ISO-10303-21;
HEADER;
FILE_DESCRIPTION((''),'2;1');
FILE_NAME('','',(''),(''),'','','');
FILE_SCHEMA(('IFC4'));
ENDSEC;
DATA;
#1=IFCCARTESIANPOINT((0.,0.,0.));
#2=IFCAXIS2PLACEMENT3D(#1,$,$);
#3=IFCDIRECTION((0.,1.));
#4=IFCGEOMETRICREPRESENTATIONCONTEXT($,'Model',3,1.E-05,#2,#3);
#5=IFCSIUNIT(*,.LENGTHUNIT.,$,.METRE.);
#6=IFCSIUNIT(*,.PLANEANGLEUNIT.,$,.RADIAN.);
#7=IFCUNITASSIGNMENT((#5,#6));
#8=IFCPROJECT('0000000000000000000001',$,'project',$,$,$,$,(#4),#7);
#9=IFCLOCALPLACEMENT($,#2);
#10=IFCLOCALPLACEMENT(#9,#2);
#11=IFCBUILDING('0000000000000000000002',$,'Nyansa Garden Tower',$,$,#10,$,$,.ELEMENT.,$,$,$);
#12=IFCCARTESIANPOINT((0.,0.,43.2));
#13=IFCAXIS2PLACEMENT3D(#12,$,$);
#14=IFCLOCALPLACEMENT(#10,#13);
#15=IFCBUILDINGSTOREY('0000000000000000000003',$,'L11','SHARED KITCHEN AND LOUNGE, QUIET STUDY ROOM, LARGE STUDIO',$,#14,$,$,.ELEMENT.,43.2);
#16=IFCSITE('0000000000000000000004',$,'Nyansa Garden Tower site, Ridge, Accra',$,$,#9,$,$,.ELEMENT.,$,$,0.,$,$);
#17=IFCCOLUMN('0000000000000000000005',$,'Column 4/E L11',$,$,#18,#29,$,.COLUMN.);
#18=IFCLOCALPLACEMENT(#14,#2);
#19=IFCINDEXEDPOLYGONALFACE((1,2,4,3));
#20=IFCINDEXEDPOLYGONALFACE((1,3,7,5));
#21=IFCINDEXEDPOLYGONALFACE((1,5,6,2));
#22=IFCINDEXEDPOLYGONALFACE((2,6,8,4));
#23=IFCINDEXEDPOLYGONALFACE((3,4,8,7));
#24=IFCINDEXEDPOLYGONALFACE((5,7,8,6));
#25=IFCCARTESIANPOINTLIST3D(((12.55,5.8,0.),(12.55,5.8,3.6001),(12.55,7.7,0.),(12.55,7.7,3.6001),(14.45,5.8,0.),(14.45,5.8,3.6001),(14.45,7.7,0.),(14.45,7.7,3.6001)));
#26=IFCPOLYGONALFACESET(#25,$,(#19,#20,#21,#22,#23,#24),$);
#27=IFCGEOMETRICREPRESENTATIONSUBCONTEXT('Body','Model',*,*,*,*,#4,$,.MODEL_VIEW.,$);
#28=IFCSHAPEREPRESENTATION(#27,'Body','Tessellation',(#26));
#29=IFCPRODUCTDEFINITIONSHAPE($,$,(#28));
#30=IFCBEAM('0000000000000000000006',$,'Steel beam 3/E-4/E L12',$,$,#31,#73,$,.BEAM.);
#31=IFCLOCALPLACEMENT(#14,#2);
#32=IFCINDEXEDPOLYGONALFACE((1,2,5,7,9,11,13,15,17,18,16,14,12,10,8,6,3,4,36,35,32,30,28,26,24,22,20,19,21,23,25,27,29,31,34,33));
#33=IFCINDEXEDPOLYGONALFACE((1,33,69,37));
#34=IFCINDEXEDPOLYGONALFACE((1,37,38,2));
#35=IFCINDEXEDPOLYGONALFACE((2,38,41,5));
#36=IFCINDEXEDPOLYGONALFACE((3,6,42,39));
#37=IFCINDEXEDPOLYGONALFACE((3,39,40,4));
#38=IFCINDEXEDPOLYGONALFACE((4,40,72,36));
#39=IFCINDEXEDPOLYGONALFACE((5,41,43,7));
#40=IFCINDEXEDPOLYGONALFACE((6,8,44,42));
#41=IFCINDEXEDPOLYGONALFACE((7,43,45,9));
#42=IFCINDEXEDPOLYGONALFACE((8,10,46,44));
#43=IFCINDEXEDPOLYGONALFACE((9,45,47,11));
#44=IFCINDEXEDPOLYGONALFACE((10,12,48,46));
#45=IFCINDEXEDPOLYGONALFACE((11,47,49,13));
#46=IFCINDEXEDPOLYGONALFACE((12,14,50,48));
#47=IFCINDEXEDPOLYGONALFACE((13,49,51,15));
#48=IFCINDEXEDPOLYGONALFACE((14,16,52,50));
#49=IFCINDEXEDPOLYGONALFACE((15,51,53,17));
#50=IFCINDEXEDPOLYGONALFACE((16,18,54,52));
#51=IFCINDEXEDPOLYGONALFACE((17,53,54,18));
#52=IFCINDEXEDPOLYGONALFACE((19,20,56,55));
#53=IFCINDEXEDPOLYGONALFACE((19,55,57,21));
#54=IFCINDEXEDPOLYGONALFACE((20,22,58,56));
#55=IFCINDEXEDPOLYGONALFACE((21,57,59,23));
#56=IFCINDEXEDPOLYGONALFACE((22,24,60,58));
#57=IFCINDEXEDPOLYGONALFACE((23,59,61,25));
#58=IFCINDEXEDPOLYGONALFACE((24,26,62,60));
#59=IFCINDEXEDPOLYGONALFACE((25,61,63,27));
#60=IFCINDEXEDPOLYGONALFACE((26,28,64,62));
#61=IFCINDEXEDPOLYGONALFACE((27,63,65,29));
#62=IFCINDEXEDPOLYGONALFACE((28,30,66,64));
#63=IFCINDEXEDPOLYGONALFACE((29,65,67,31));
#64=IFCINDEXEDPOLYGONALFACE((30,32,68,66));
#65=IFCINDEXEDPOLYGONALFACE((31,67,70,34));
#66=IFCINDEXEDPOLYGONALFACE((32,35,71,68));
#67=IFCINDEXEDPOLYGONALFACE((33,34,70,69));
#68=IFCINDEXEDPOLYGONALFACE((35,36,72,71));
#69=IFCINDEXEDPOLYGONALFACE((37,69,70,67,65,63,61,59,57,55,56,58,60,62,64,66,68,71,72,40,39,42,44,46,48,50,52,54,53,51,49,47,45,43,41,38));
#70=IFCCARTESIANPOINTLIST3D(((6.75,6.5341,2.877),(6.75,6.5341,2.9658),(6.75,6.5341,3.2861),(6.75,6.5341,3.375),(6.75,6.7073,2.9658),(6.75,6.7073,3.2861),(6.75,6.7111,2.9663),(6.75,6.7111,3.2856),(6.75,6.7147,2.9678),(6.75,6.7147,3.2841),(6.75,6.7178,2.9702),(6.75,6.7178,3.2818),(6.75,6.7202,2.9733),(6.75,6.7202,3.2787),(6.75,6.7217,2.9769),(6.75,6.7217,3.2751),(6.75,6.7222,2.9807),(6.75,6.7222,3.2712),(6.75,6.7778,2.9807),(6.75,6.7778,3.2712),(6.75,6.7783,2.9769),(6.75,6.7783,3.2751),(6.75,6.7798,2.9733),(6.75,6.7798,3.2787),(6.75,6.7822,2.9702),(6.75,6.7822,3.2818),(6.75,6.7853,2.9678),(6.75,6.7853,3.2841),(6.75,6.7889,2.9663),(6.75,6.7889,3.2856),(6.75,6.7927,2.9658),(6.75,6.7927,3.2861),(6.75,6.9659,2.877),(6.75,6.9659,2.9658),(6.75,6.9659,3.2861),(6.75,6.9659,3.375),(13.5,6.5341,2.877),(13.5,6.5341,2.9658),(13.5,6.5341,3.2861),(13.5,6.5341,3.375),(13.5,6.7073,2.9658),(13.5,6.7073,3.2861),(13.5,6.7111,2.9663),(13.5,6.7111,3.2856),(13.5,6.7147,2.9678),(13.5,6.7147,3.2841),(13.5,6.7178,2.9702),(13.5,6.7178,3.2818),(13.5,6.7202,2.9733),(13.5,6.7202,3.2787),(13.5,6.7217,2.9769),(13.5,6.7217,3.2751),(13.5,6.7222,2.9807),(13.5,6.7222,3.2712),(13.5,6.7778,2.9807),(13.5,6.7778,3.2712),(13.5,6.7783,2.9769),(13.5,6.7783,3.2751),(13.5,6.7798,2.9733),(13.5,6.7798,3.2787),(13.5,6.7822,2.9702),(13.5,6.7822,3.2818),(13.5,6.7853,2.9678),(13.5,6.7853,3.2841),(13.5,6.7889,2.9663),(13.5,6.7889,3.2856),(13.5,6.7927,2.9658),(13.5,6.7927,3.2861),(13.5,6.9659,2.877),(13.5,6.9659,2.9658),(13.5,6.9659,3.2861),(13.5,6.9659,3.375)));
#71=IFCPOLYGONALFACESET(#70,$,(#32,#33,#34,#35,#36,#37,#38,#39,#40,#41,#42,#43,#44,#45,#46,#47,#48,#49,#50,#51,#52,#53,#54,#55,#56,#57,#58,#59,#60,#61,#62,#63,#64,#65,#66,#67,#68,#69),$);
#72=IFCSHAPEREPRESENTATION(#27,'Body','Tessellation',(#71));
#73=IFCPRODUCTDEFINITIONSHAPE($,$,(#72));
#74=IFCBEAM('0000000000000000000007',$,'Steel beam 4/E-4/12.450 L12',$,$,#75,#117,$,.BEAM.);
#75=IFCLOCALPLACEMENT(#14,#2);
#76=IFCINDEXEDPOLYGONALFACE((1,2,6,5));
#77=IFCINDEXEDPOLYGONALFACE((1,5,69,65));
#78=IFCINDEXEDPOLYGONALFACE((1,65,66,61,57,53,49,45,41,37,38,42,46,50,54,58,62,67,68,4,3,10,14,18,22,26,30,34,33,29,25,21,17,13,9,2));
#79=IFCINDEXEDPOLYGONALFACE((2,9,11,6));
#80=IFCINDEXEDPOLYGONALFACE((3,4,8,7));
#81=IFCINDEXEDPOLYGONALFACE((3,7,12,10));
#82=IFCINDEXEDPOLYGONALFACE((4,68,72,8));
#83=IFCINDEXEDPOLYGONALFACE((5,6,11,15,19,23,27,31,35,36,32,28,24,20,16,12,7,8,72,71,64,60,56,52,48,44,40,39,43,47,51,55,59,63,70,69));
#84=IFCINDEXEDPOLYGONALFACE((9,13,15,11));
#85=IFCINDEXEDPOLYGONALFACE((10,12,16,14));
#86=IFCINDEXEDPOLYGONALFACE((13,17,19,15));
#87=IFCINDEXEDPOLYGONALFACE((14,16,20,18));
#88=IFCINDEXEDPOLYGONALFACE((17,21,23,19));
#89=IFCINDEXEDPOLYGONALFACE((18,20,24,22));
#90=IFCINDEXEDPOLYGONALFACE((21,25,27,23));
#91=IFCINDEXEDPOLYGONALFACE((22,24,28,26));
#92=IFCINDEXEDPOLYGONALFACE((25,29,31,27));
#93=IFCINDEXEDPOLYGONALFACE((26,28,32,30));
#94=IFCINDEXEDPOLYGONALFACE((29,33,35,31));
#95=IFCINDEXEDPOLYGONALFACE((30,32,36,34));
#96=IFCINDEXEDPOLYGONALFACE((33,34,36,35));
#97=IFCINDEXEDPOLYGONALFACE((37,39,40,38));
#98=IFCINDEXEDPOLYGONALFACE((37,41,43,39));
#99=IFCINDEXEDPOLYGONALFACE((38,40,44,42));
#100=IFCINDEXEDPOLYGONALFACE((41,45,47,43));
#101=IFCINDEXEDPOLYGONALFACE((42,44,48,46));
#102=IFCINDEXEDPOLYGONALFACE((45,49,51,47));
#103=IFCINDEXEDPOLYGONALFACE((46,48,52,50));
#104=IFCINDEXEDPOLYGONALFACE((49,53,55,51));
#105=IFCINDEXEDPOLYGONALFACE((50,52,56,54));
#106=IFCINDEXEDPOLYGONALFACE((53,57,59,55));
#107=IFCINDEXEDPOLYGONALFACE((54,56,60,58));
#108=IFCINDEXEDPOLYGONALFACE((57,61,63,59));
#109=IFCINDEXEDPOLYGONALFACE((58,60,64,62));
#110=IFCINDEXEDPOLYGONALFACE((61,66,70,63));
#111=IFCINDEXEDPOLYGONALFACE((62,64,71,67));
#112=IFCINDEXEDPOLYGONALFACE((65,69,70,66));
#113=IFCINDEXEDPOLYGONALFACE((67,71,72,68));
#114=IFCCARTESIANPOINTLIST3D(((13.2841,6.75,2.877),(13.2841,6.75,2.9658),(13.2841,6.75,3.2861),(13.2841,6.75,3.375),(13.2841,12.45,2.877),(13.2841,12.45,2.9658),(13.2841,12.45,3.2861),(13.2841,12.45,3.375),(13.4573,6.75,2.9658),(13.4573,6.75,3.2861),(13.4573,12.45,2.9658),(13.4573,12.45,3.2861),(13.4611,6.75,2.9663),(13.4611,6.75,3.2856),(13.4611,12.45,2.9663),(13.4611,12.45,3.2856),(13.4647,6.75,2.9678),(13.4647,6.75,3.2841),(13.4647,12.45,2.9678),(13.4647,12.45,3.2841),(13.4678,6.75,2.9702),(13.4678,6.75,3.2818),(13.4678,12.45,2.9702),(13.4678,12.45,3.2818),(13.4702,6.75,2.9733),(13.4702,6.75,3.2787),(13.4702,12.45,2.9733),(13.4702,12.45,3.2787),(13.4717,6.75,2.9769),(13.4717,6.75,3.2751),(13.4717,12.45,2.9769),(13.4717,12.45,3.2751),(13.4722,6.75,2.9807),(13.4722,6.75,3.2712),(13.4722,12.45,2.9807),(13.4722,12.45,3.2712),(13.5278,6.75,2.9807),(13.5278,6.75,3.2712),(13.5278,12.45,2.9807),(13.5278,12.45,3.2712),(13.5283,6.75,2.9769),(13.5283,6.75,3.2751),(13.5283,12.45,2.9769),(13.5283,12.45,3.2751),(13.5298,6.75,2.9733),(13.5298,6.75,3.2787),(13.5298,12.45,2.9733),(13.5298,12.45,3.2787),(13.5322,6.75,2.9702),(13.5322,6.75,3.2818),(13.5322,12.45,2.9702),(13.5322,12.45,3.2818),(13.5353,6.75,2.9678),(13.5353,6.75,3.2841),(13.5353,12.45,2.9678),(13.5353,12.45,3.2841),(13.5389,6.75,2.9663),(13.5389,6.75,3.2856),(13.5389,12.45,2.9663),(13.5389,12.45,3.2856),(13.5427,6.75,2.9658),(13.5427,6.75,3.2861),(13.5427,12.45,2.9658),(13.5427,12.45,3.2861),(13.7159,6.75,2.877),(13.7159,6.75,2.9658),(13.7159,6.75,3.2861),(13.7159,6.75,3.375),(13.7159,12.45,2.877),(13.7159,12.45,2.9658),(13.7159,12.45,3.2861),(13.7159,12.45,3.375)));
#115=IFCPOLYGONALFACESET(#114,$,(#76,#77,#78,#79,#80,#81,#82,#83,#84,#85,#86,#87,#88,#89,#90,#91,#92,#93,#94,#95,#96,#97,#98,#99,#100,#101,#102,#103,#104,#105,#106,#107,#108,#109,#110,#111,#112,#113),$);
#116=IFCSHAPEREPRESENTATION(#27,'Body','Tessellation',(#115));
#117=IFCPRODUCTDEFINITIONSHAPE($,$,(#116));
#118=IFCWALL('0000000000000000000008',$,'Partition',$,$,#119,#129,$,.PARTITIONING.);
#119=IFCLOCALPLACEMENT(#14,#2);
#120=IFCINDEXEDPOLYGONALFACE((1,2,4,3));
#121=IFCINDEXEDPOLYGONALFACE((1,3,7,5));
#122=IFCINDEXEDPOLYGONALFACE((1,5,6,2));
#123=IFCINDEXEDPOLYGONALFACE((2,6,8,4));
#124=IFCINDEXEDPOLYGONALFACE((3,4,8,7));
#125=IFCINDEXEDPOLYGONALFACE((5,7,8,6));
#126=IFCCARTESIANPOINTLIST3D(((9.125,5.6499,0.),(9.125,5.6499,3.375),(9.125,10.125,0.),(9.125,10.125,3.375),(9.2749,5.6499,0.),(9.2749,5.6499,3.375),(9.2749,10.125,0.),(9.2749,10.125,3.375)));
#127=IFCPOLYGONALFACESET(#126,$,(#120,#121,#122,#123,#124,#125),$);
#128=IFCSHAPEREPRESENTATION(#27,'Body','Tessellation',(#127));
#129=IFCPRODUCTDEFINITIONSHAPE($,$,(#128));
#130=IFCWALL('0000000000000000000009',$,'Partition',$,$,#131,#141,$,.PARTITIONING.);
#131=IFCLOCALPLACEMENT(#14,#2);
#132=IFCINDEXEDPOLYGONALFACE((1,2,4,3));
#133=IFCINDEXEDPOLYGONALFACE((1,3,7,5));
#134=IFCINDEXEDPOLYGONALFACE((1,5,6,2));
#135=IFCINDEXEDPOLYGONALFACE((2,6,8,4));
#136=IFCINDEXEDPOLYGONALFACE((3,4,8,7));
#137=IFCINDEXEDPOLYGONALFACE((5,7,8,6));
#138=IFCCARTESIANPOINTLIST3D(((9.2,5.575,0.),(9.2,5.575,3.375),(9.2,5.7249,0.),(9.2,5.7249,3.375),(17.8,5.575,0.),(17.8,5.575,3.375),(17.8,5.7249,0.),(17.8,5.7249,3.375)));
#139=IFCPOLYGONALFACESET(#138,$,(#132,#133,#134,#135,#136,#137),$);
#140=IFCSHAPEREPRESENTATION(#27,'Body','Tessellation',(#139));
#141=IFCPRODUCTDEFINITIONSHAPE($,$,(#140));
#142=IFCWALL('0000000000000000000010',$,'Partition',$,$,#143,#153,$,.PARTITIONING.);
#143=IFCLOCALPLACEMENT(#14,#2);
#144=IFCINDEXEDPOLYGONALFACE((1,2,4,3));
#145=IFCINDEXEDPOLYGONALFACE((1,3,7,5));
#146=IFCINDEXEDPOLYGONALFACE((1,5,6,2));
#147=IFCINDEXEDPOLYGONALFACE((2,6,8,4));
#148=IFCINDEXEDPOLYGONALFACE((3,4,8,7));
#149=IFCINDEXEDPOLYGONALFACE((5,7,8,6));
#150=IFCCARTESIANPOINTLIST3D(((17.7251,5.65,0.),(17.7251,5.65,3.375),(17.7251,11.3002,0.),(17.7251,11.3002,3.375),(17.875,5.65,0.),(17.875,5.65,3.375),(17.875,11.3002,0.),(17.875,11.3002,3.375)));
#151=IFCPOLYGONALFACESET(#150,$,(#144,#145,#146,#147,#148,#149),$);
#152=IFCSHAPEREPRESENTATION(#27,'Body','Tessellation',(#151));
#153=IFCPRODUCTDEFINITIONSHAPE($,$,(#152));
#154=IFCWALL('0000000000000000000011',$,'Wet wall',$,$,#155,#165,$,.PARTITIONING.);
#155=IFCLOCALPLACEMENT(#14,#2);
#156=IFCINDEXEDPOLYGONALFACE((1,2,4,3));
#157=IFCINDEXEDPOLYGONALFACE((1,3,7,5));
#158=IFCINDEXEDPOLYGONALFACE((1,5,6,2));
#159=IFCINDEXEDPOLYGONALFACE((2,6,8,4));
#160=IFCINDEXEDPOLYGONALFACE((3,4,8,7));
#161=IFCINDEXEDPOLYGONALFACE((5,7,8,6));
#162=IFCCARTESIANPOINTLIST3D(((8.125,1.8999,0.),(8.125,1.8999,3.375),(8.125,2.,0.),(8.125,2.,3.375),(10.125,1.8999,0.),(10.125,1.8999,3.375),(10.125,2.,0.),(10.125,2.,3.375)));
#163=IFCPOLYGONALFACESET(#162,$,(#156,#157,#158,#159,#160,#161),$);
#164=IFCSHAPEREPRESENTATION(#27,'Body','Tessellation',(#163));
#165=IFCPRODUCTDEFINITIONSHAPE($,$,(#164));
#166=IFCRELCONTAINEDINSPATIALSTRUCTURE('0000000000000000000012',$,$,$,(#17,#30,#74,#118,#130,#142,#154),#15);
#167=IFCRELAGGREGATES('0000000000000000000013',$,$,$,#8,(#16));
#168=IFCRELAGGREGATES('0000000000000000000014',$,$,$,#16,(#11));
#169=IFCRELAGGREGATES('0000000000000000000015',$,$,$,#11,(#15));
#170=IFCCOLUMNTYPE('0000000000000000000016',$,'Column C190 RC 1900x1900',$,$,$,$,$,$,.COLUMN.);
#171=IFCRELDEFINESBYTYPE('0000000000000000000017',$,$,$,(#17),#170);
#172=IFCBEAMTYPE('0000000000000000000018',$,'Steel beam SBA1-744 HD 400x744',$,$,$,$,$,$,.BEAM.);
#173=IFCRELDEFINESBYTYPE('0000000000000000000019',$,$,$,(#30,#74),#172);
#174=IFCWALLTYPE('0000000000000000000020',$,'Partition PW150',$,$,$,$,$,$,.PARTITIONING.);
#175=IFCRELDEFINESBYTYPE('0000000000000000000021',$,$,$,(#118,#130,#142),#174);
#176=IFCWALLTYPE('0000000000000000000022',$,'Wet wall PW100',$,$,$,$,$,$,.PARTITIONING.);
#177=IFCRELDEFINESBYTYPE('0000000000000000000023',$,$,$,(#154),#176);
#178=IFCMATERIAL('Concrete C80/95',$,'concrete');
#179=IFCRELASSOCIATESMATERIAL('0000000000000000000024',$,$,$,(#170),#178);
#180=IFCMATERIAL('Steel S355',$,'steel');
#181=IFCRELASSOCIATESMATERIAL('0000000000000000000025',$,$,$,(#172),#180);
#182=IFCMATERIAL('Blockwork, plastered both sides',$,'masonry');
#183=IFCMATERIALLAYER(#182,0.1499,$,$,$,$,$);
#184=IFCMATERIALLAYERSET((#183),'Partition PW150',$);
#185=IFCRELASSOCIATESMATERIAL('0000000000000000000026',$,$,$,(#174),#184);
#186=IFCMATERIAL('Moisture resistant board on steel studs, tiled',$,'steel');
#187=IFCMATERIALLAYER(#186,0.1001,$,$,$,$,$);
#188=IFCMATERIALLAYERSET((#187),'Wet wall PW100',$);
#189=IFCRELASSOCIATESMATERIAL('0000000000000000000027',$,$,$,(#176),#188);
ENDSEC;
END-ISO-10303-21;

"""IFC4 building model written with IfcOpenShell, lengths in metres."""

from ifc_helpers import new_model, si_unit, direction, frame, frame_2d, origin, origin_2d, place, context, subcontext, project, spatial, rectangle, i_section, extrude, material, layer, layer_set, material_profile, profile_set, type_object, element, save


model = new_model("IFC4")

# Units and contexts
model_context = context("Model", 3, precision=1e-05, world=origin(), true_north=direction((0.0, 1.0)))
body_context = subcontext(model_context, "Body", "Model", "MODEL_VIEW")
ifc_project = project(units=[si_unit("LENGTHUNIT", "METRE"), si_unit("PLANEANGLEUNIT", "RADIAN")], contexts=[model_context])

# Site, building, storey
site_placement = place(None, origin())
site = spatial("IfcSite", under=ifc_project, at=site_placement, Name="Nyansa Garden Tower site, Ridge, Accra", CompositionType="ELEMENT", RefElevation=0.0)
building_placement = place(site_placement, origin())
building = spatial("IfcBuilding", under=site, at=building_placement, Name="Nyansa Garden Tower", CompositionType="ELEMENT")
storey_placement = place(building_placement, frame((0.0, 0.0, 43.2)))
storey = spatial("IfcBuildingStorey", under=building, at=storey_placement, Name="L11", Description="SHARED KITCHEN AND LOUNGE, QUIET STUDY ROOM, LARGE STUDIO", CompositionType="ELEMENT", Elevation=43.2)

# Column
ifc_material_1 = material(Name="Concrete C80/95", Category="concrete")
ifc_material_profile_1 = material_profile(ifc_material_1, rectangle(XDim=1.8999, YDim=1.8999, at=origin_2d()), Name="RC 1900x1900")
ifc_profile_set_1 = profile_set([ifc_material_profile_1], Name="Concrete C80/95")
column_type = type_object("IfcColumnType", Name="Column C190 RC 1900x1900", PredefinedType="COLUMN", material=ifc_profile_set_1)
column_placement = place(storey_placement, frame((13.5, 6.75, 0.0), z_axis=(0.0, 0.0, 1.0), x_axis=(1.0, 0.0, 0.0)))
element("IfcColumn", 1, at=column_placement, inside=storey, type_object=column_type, Name="Column 4/E L11", PredefinedType="COLUMN", context=body_context, shape_type="SweptSolid", body=[
    extrude(rectangle(XDim=1.8999, YDim=1.8999, at=origin_2d()), origin(), (0.0, 0.0, 1.0), 3.6001),
])

# Beams
ifc_material_2 = material(Name="Steel S355", Category="steel")
ifc_material_profile_2 = material_profile(ifc_material_2, i_section(OverallWidth=0.4319, OverallDepth=0.498, WebThickness=0.0557, FlangeThickness=0.0889, FilletRadius=0.0149, at=origin_2d()), Name="HD 400x744")
ifc_profile_set_2 = profile_set([ifc_material_profile_2], Name="Steel S355")
beam_type = type_object("IfcBeamType", Name="Steel beam SBA1-744 HD 400x744", PredefinedType="BEAM", material=ifc_profile_set_2)
beam_1_placement = place(storey_placement, frame((6.75, 6.75, 3.126), z_axis=(1.0, 0.0, 0.0), x_axis=(0.0, 1.0, 0.0)))
element("IfcBeam", 2, at=beam_1_placement, inside=storey, type_object=beam_type, Name="Steel beam 3/E-4/E L12", PredefinedType="BEAM", context=body_context, shape_type="SweptSolid", body=[
    extrude(i_section(OverallWidth=0.4319, OverallDepth=0.498, WebThickness=0.0557, FlangeThickness=0.0889, FilletRadius=0.0149, at=origin_2d()), origin(), (0.0, 0.0, 1.0), 6.75),
])
beam_2_placement = place(storey_placement, frame((13.5, 6.75, 3.126), z_axis=(0.0, 1.0, 0.0), x_axis=(-1.0, 0.0, 0.0)))
element("IfcBeam", 3, at=beam_2_placement, inside=storey, type_object=beam_type, Name="Steel beam 4/E-4/12.450 L12", PredefinedType="BEAM", context=body_context, shape_type="SweptSolid", body=[
    extrude(i_section(OverallWidth=0.4319, OverallDepth=0.498, WebThickness=0.0557, FlangeThickness=0.0889, FilletRadius=0.0149, at=origin_2d()), origin(), (0.0, 0.0, 1.0), 5.7),
])

# Walls
ifc_material_3 = material(Name="Blockwork, plastered both sides", Category="masonry")
ifc_layer_1 = layer(ifc_material_3, 0.1499)
ifc_layer_set_1 = layer_set([ifc_layer_1], Name="Partition PW150")
wall_type_1 = type_object("IfcWallType", Name="Partition PW150", PredefinedType="PARTITIONING", material=ifc_layer_set_1)
wall_1_placement = place(storey_placement, frame((9.2, 5.6499, 0.0), z_axis=(0.0, 0.0, 1.0), x_axis=(0.0, 1.0, 0.0)))
element("IfcWall", 4, at=wall_1_placement, inside=storey, type_object=wall_type_1, Name="Partition", PredefinedType="PARTITIONING", context=body_context, shape_type="SweptSolid", body=[
    extrude(rectangle(XDim=4.4751, YDim=0.1499, at=frame_2d((2.2375, 0.0))), origin(), (0.0, 0.0, 1.0), 3.375),
])
wall_2_placement = place(storey_placement, frame((9.2, 5.6499, 0.0), z_axis=(0.0, 0.0, 1.0), x_axis=(1.0, 0.0, 0.0)))
element("IfcWall", 5, at=wall_2_placement, inside=storey, type_object=wall_type_1, Name="Partition", PredefinedType="PARTITIONING", context=body_context, shape_type="SweptSolid", body=[
    extrude(rectangle(XDim=8.6001, YDim=0.1499, at=frame_2d((4.3, 0.0))), origin(), (0.0, 0.0, 1.0), 3.375),
])
wall_3_placement = place(storey_placement, frame((17.8, 5.6499, 0.0), z_axis=(0.0, 0.0, 1.0), x_axis=(0.0, 1.0, 0.0)))
element("IfcWall", 6, at=wall_3_placement, inside=storey, type_object=wall_type_1, Name="Partition", PredefinedType="PARTITIONING", context=body_context, shape_type="SweptSolid", body=[
    extrude(rectangle(XDim=5.6501, YDim=0.1499, at=frame_2d((2.8252, 0.0))), origin(), (0.0, 0.0, 1.0), 3.375),
])
ifc_material_4 = material(Name="Moisture resistant board on steel studs, tiled", Category="steel")
ifc_layer_2 = layer(ifc_material_4, 0.1001)
ifc_layer_set_2 = layer_set([ifc_layer_2], Name="Wet wall PW100")
wall_type_2 = type_object("IfcWallType", Name="Wet wall PW100", PredefinedType="PARTITIONING", material=ifc_layer_set_2)
wall_4_placement = place(storey_placement, frame((8.125, 1.95, 0.0), z_axis=(0.0, 0.0, 1.0), x_axis=(1.0, 0.0, 0.0)))
element("IfcWall", 7, at=wall_4_placement, inside=storey, type_object=wall_type_2, Name="Wet wall", PredefinedType="PARTITIONING", context=body_context, shape_type="SweptSolid", body=[
    extrude(rectangle(XDim=2.0, YDim=0.1001, at=frame_2d((1.0, 0.0))), origin(), (0.0, 0.0, 1.0), 3.375),
])

save(model, "model.ifc")
